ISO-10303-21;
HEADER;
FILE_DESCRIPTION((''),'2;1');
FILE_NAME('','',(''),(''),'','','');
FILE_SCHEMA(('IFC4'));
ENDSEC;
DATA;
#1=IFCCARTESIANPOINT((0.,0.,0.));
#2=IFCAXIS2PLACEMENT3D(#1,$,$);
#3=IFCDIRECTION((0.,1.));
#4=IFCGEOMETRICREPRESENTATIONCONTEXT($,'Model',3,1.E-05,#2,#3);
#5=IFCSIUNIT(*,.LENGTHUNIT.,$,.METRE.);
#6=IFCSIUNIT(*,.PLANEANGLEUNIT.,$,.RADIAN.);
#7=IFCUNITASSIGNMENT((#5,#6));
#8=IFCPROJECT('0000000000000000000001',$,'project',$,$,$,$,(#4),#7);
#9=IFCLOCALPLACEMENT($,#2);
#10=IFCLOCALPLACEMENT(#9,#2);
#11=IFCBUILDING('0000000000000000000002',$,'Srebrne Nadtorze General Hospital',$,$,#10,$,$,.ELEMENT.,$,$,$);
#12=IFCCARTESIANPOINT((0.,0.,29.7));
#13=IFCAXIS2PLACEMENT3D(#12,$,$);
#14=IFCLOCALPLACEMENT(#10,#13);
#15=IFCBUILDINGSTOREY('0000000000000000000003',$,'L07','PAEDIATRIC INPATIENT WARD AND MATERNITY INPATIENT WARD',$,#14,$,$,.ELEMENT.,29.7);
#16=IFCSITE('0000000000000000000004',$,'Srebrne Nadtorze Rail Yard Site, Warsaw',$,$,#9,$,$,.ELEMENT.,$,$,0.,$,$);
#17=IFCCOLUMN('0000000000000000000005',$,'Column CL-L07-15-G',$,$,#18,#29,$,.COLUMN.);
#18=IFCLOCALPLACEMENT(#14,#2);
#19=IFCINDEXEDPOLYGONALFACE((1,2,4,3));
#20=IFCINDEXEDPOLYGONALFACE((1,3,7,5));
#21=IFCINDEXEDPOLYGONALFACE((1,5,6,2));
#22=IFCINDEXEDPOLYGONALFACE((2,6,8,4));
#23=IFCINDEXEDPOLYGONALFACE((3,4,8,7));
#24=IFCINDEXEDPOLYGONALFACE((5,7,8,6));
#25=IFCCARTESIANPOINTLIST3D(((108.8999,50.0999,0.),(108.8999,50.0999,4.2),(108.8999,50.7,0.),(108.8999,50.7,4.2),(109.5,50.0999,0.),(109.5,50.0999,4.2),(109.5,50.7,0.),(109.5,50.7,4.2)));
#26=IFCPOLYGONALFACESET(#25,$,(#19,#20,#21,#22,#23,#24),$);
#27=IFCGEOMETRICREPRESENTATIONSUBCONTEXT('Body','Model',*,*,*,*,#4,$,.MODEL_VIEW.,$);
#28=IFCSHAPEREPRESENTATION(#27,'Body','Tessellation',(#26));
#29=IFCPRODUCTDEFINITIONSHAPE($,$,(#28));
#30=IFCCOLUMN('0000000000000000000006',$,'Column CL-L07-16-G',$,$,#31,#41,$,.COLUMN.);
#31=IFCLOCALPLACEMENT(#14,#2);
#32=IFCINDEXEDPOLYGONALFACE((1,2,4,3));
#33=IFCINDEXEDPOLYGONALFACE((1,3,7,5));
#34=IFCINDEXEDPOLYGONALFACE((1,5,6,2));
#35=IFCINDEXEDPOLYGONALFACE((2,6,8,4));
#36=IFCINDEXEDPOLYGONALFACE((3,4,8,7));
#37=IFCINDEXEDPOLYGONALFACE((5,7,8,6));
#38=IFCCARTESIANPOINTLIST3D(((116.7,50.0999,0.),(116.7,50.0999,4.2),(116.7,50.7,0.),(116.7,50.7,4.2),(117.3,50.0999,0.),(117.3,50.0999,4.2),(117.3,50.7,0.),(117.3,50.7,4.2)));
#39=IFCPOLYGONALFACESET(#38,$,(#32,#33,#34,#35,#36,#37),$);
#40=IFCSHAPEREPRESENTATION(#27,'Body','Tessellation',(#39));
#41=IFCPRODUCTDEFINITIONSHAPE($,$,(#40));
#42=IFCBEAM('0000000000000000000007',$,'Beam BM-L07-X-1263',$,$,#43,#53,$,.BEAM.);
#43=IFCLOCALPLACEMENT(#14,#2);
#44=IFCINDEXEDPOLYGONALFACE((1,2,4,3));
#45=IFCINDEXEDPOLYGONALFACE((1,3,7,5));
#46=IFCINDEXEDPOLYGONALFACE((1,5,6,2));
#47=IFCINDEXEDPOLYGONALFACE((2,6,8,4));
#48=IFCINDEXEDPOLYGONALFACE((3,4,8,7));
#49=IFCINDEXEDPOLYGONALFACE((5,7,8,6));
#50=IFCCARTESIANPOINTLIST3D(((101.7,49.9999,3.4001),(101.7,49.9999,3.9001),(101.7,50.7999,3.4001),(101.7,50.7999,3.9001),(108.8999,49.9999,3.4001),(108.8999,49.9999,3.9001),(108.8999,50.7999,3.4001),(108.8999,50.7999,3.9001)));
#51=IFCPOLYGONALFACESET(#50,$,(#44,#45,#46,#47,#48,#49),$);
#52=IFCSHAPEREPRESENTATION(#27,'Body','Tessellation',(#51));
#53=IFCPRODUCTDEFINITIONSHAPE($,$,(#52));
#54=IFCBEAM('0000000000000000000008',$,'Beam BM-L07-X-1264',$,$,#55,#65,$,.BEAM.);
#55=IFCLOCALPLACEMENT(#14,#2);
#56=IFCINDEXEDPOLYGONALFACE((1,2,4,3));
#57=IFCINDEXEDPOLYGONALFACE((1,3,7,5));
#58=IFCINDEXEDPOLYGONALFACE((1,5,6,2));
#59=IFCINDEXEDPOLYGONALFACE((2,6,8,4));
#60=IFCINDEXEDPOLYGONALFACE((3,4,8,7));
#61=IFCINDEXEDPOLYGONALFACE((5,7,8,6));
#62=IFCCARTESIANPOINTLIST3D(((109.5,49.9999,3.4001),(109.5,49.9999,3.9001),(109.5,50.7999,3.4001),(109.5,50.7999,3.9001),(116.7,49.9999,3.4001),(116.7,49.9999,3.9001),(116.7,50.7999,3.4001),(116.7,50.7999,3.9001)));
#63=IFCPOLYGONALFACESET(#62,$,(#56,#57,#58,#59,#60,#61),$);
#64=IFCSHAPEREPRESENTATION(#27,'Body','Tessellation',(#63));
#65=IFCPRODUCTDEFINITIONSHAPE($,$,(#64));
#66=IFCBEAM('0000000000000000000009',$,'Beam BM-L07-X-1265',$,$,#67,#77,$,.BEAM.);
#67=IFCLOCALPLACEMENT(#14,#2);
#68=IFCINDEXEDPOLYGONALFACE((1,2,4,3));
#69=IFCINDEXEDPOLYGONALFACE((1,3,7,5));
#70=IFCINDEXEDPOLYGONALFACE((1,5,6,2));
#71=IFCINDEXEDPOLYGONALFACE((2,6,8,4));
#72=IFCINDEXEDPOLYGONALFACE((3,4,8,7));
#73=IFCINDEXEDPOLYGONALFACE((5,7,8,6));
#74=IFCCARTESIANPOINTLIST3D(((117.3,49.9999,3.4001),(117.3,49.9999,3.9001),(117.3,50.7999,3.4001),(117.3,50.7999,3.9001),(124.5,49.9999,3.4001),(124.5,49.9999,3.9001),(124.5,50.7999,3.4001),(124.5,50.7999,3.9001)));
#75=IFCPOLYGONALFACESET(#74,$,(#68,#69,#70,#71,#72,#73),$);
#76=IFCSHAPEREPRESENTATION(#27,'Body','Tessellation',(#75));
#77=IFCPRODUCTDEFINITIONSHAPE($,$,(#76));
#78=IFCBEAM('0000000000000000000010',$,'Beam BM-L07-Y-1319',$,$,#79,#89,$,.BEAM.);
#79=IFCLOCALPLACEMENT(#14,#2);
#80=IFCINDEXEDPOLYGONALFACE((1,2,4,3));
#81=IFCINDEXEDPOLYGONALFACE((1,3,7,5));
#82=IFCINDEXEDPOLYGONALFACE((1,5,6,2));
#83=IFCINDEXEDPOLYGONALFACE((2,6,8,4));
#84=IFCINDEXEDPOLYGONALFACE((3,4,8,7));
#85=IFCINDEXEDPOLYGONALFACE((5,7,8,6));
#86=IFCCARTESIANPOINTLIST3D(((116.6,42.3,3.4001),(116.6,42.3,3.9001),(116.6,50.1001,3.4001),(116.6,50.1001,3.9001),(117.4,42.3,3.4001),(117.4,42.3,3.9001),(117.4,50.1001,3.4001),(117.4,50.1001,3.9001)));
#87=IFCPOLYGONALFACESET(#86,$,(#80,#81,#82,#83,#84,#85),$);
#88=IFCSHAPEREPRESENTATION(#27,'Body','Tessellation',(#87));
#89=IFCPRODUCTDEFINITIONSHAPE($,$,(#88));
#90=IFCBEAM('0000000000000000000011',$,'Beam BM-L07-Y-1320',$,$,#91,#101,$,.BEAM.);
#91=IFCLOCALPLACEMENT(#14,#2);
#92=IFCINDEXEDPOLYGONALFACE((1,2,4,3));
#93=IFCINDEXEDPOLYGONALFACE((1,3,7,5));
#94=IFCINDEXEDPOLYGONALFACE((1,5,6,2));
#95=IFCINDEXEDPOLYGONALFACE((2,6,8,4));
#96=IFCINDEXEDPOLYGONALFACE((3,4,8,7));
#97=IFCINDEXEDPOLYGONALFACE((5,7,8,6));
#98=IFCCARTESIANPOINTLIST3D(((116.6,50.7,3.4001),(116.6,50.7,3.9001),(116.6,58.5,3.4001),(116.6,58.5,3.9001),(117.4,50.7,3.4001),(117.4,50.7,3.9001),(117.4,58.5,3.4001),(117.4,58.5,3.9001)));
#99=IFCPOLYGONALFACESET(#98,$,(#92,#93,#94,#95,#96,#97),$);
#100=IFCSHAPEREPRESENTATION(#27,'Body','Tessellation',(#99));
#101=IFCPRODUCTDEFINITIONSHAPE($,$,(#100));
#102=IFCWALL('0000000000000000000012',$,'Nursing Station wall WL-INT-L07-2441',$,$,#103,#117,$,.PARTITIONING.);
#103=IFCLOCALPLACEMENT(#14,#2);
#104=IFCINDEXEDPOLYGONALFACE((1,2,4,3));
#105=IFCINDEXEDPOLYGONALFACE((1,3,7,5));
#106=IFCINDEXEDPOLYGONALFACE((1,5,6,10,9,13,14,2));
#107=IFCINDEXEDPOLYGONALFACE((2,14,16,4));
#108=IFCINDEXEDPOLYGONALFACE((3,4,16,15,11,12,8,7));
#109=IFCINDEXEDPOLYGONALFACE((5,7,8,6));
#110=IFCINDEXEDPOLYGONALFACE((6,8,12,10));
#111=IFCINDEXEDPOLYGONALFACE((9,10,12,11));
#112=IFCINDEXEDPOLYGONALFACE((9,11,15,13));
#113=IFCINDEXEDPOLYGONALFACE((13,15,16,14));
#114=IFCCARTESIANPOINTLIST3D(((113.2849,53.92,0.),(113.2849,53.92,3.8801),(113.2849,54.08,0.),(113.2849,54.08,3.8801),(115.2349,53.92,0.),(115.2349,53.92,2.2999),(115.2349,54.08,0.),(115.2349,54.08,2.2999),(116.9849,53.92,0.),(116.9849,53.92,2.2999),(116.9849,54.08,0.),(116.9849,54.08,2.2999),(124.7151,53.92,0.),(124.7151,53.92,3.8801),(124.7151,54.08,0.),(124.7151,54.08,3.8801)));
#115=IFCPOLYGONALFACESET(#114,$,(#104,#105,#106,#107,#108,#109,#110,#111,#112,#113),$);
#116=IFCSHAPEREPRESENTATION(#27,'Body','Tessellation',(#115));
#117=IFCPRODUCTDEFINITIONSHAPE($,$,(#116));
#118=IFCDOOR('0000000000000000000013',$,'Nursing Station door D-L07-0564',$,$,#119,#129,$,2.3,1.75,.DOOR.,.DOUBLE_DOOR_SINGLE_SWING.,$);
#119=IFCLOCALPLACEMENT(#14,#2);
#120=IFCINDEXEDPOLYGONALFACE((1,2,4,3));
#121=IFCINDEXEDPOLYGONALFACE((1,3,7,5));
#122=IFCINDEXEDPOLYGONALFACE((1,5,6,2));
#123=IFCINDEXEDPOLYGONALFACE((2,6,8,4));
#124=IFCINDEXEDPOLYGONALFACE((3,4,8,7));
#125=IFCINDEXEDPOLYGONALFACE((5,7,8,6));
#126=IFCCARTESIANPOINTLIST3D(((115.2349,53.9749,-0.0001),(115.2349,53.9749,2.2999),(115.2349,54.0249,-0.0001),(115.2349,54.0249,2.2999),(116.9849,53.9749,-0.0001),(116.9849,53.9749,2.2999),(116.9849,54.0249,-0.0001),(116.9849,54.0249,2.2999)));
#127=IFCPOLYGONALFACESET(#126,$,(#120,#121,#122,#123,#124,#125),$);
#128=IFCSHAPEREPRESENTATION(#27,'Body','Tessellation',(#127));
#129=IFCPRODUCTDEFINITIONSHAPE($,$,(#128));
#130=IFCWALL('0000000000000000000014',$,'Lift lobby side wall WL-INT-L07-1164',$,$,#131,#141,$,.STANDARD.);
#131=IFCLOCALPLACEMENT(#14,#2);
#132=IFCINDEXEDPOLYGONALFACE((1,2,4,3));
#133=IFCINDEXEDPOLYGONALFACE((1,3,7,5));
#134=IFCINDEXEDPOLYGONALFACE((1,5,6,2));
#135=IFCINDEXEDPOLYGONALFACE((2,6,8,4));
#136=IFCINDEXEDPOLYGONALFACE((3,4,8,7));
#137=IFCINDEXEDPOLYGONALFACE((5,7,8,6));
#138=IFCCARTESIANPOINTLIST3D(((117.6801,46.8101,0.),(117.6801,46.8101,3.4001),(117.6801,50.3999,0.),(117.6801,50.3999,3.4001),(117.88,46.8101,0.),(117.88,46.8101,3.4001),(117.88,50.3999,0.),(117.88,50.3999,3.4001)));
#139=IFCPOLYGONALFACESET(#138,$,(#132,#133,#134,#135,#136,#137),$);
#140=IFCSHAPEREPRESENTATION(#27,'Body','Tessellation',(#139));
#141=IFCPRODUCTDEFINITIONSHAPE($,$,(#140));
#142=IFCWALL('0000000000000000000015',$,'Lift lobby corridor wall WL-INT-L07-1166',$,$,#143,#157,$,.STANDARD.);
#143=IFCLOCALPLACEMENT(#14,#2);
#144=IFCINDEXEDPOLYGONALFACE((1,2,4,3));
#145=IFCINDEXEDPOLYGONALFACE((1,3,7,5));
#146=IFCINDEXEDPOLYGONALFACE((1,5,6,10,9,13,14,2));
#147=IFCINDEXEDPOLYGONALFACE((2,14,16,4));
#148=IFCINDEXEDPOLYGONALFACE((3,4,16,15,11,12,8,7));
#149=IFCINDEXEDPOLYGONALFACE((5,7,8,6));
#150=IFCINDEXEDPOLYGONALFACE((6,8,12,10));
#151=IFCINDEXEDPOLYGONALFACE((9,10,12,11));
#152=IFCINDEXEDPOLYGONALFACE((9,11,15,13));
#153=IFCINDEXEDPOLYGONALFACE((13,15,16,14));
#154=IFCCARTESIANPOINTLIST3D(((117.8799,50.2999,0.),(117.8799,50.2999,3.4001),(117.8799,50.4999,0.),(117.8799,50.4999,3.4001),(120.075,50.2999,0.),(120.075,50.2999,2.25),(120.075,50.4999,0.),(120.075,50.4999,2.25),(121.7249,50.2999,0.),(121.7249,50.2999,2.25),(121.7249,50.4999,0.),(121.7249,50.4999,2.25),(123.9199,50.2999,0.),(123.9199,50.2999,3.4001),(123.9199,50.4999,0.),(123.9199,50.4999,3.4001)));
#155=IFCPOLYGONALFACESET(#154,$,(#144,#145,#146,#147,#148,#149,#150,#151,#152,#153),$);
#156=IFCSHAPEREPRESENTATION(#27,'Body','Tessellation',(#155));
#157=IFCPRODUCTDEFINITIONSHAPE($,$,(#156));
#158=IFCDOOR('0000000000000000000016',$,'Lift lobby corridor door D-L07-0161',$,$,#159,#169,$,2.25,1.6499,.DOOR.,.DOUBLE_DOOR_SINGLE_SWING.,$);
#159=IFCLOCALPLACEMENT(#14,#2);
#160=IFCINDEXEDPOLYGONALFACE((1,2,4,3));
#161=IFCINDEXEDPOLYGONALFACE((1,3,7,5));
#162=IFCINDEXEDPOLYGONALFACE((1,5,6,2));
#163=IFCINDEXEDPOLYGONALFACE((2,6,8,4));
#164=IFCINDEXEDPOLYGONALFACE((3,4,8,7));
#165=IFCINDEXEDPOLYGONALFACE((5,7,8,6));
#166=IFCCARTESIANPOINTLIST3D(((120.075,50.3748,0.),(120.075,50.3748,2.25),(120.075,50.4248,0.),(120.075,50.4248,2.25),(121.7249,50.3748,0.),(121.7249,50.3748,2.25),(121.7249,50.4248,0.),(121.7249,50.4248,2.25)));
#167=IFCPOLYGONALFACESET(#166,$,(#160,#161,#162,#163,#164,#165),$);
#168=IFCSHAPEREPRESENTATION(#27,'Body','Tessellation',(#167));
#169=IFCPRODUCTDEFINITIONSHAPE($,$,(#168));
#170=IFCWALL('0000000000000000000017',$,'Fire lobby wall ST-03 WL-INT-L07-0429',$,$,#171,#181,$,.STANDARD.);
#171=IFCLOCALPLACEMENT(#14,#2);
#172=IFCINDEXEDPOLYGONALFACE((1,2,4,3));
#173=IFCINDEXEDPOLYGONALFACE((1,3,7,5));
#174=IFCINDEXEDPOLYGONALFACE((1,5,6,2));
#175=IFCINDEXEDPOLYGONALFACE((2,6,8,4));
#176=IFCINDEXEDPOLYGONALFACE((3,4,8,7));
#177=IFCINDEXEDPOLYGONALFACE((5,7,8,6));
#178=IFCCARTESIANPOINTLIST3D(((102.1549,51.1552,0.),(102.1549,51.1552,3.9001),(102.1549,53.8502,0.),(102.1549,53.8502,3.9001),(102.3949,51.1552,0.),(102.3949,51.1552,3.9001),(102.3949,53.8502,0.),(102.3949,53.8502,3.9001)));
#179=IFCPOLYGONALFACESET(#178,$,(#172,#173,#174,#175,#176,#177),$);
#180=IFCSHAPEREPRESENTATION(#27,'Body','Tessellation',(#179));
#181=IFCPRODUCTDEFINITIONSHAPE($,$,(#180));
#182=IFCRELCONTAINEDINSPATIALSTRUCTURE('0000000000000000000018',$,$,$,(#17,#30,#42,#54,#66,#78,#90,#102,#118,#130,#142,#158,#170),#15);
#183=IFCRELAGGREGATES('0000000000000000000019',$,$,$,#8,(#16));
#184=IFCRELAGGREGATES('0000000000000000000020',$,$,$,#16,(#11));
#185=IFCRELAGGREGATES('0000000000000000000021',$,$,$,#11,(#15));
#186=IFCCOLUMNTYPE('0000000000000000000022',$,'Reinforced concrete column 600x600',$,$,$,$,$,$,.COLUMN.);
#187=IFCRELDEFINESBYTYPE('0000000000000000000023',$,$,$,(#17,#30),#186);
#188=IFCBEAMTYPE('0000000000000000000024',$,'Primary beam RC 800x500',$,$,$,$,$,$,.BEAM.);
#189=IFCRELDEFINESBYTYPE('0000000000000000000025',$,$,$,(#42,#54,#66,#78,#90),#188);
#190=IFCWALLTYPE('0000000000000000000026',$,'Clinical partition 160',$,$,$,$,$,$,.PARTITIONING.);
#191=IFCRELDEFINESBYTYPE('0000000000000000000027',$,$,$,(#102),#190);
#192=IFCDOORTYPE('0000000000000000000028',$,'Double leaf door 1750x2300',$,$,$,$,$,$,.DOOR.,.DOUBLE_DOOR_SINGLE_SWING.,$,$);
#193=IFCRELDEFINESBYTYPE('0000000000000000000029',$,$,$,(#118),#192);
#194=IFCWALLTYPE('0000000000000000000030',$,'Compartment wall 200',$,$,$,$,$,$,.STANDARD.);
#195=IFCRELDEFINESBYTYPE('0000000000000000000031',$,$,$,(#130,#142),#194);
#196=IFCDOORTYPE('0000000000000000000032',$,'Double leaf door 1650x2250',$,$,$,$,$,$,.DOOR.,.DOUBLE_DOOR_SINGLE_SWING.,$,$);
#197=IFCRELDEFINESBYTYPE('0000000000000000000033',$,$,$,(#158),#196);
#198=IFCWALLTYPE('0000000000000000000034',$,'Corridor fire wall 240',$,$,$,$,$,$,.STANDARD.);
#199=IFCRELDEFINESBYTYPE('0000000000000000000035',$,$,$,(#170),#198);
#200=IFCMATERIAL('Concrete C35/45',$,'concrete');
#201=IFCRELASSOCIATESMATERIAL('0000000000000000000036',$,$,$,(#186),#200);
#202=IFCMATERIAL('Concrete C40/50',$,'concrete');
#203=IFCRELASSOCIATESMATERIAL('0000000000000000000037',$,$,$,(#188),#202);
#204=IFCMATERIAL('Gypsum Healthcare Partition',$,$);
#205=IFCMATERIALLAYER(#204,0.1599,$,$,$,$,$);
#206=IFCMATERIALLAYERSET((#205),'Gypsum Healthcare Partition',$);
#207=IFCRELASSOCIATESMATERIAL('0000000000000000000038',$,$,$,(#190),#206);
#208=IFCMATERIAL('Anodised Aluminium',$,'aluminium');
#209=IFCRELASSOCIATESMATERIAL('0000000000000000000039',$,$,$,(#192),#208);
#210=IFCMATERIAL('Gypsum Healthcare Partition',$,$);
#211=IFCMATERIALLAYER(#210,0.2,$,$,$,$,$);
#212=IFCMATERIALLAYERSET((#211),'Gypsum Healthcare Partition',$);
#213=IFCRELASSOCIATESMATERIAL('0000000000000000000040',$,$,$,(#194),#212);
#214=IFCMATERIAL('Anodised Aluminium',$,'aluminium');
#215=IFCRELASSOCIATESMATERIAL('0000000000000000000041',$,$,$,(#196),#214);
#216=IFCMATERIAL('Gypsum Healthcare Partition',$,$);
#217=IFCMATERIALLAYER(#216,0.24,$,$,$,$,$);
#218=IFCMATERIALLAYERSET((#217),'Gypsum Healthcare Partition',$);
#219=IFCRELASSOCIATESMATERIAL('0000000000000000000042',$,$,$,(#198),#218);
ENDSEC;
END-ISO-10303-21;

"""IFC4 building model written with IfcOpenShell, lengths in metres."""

from ifc_helpers import new_model, si_unit, direction, frame, frame_2d, origin, origin_2d, place, context, subcontext, project, spatial, rectangle, extrude, material, layer, layer_set, material_profile, profile_set, type_object, element, fill, save


model = new_model("IFC4")

# Units and contexts
model_context = context("Model", 3, precision=1e-05, world=origin(), true_north=direction((0.0, 1.0)))
body_context = subcontext(model_context, "Body", "Model", "MODEL_VIEW")
ifc_project = project(units=[si_unit("LENGTHUNIT", "METRE"), si_unit("PLANEANGLEUNIT", "RADIAN")], contexts=[model_context])

# Site, building, storey
site_placement = place(None, origin())
site = spatial("IfcSite", under=ifc_project, at=site_placement, Name="Srebrne Nadtorze Rail Yard Site, Warsaw", CompositionType="ELEMENT", RefElevation=0.0)
building_placement = place(site_placement, origin())
building = spatial("IfcBuilding", under=site, at=building_placement, Name="Srebrne Nadtorze General Hospital", CompositionType="ELEMENT")
storey_placement = place(building_placement, frame((0.0, 0.0, 29.7)))
storey = spatial("IfcBuildingStorey", under=building, at=storey_placement, Name="L07", Description="PAEDIATRIC INPATIENT WARD AND MATERNITY INPATIENT WARD", CompositionType="ELEMENT", Elevation=29.7)

# Columns
ifc_material_1 = material(Name="Concrete C35/45", Category="concrete")
ifc_material_profile_1 = material_profile(ifc_material_1, rectangle(XDim=0.6001, YDim=0.6001, at=origin_2d()), Name="RC-COL-600x600")
ifc_profile_set_1 = profile_set([ifc_material_profile_1], Name="Concrete C35/45")
column_type = type_object("IfcColumnType", Name="Reinforced concrete column 600x600", PredefinedType="COLUMN", material=ifc_profile_set_1)
for number, where, z_axis, x_axis, name in (
    (1, (109.2, 50.3999, 0.0), (0.0, 0.0, 1.0), (1.0, 0.0, 0.0), "Column CL-L07-15-G"),
    (2, (117.0, 50.3999, 0.0), (0.0, 0.0, 1.0), (1.0, 0.0, 0.0), "Column CL-L07-16-G"),
):
    element("IfcColumn", number, at=place(storey_placement, frame(where, z_axis=z_axis, x_axis=x_axis)), inside=storey, type_object=column_type, Name=name, PredefinedType="COLUMN", context=body_context, shape_type="SweptSolid", body=[
        extrude(rectangle(XDim=0.6001, YDim=0.6001, at=origin_2d()), origin(), (0.0, 0.0, 1.0), 4.2),
    ])

# Beams
ifc_material_2 = material(Name="Concrete C40/50", Category="concrete")
ifc_material_profile_2 = material_profile(ifc_material_2, rectangle(XDim=0.8, YDim=0.5, at=origin_2d()), Name="RC-BM-800x500")
ifc_profile_set_2 = profile_set([ifc_material_profile_2], Name="Concrete C40/50")
beam_type = type_object("IfcBeamType", Name="Primary beam RC 800x500", PredefinedType="BEAM", material=ifc_profile_set_2)
for number, where, z_axis, x_axis, name in (
    (3, (101.7, 50.3999, 3.6501), (1.0, 0.0, 0.0), (0.0, 1.0, 0.0), "Beam BM-L07-X-1263"),
    (4, (109.5, 50.3999, 3.6501), (1.0, 0.0, 0.0), (0.0, 1.0, 0.0), "Beam BM-L07-X-1264"),
    (5, (117.3, 50.3999, 3.6501), (1.0, 0.0, 0.0), (0.0, 1.0, 0.0), "Beam BM-L07-X-1265"),
):
    element("IfcBeam", number, at=place(storey_placement, frame(where, z_axis=z_axis, x_axis=x_axis)), inside=storey, type_object=beam_type, Name=name, PredefinedType="BEAM", context=body_context, shape_type="SweptSolid", body=[
        extrude(rectangle(XDim=0.8, YDim=0.5, at=origin_2d()), origin(), (0.0, 0.0, 1.0), 7.2),
    ])
for number, where, z_axis, x_axis, name in (
    (6, (117.0, 42.3, 3.6501), (0.0, 1.0, 0.0), (-1.0, 0.0, 0.0), "Beam BM-L07-Y-1319"),
    (7, (117.0, 50.7, 3.6501), (0.0, 1.0, 0.0), (-1.0, 0.0, 0.0), "Beam BM-L07-Y-1320"),
):
    element("IfcBeam", number, at=place(storey_placement, frame(where, z_axis=z_axis, x_axis=x_axis)), inside=storey, type_object=beam_type, Name=name, PredefinedType="BEAM", context=body_context, shape_type="SweptSolid", body=[
        extrude(rectangle(XDim=0.8, YDim=0.5, at=origin_2d()), origin(), (0.0, 0.0, 1.0), 7.8),
    ])

# Wall, opening, door
ifc_material_3 = material(Name="Gypsum Healthcare Partition")
ifc_layer_1 = layer(ifc_material_3, 0.1599)
ifc_layer_set_1 = layer_set([ifc_layer_1], Name="Gypsum Healthcare Partition")
wall_type_1 = type_object("IfcWallType", Name="Clinical partition 160", PredefinedType="PARTITIONING", material=ifc_layer_set_1)
wall_1_placement = place(storey_placement, frame((113.2849, 54.0, 0.0), z_axis=(0.0, 0.0, 1.0), x_axis=(1.0, 0.0, 0.0)))
wall_1 = element("IfcWall", 8, at=wall_1_placement, inside=storey, type_object=wall_type_1, Name="Nursing Station wall WL-INT-L07-2441", PredefinedType="PARTITIONING", context=body_context, shape_type="SweptSolid", body=[
    extrude(rectangle(XDim=11.4302, YDim=0.1599, at=frame_2d((5.7151, 0.0))), origin(), (0.0, 0.0, 1.0), 3.8801),
])
opening_1_placement = place(wall_1_placement, frame((1.95, 0.0, 0.0)))
opening_1 = element("IfcOpeningElement", 9, at=opening_1_placement, cuts=wall_1, PredefinedType="OPENING", context=body_context, shape_type="SweptSolid", body=[
    extrude(rectangle(XDim=1.75, YDim=2.3, at=frame_2d((0.875, 1.1499))), frame((0.0, 0.0918, 0.0), z_axis=(0.0, -1.0, 0.0), x_axis=(1.0, 0.0, 0.0)), (0.0, 0.0, 1.0), 0.1838),
])
ifc_material_4 = material(Name="Anodised Aluminium", Category="aluminium")
door_type_1 = type_object("IfcDoorType", Name="Double leaf door 1750x2300", OperationType="DOUBLE_DOOR_SINGLE_SWING", PredefinedType="DOOR", material=ifc_material_4)
door_1_placement = place(opening_1_placement, origin())
door_1 = element("IfcDoor", 10, at=door_1_placement, inside=storey, type_object=door_type_1, Name="Nursing Station door D-L07-0564", OperationType="DOUBLE_DOOR_SINGLE_SWING", OverallHeight=2.3, OverallWidth=1.75, PredefinedType="DOOR", context=body_context, shape_type="SweptSolid", body=[
    extrude(rectangle(XDim=1.75, YDim=2.3, at=frame_2d((0.875, 1.1499))), frame((0.0, 0.0249, 0.0), z_axis=(0.0, -1.0, 0.0), x_axis=(1.0, 0.0, 0.0)), (0.0, 0.0, 1.0), 0.05),
])
fill(opening_1, door_1)

# Wall
ifc_material_5 = material(Name="Gypsum Healthcare Partition")
ifc_layer_2 = layer(ifc_material_5, 0.2)
ifc_layer_set_2 = layer_set([ifc_layer_2], Name="Gypsum Healthcare Partition")
wall_type_2 = type_object("IfcWallType", Name="Compartment wall 200", PredefinedType="STANDARD", material=ifc_layer_set_2)
wall_2_placement = place(storey_placement, frame((117.78, 46.8101, 0.0), z_axis=(0.0, 0.0, 1.0), x_axis=(0.0, 1.0, 0.0)))
element("IfcWall", 11, at=wall_2_placement, inside=storey, type_object=wall_type_2, Name="Lift lobby side wall WL-INT-L07-1164", PredefinedType="STANDARD", context=body_context, shape_type="SweptSolid", body=[
    extrude(rectangle(XDim=3.5898, YDim=0.2, at=frame_2d((1.7949, 0.0))), origin(), (0.0, 0.0, 1.0), 3.4001),
])

# Wall, opening, door
wall_3_placement = place(storey_placement, frame((117.8799, 50.3999, 0.0), z_axis=(0.0, 0.0, 1.0), x_axis=(1.0, 0.0, 0.0)))
wall_3 = element("IfcWall", 12, at=wall_3_placement, inside=storey, type_object=wall_type_2, Name="Lift lobby corridor wall WL-INT-L07-1166", PredefinedType="STANDARD", context=body_context, shape_type="SweptSolid", body=[
    extrude(rectangle(XDim=6.04, YDim=0.2, at=frame_2d((3.02, 0.0))), origin(), (0.0, 0.0, 1.0), 3.4001),
])
opening_2_placement = place(wall_3_placement, frame((2.1951, 0.0, 0.0)))
opening_2 = element("IfcOpeningElement", 13, at=opening_2_placement, cuts=wall_3, PredefinedType="OPENING", context=body_context, shape_type="SweptSolid", body=[
    extrude(rectangle(XDim=1.6499, YDim=2.25, at=frame_2d((0.825, 1.125))), frame((0.0, 0.1118, 0.0), z_axis=(0.0, -1.0, 0.0), x_axis=(1.0, 0.0, 0.0)), (0.0, 0.0, 1.0), 0.2239),
])
ifc_material_6 = material(Name="Anodised Aluminium", Category="aluminium")
door_type_2 = type_object("IfcDoorType", Name="Double leaf door 1650x2250", OperationType="DOUBLE_DOOR_SINGLE_SWING", PredefinedType="DOOR", material=ifc_material_6)
door_2_placement = place(opening_2_placement, origin())
door_2 = element("IfcDoor", 14, at=door_2_placement, inside=storey, type_object=door_type_2, Name="Lift lobby corridor door D-L07-0161", OperationType="DOUBLE_DOOR_SINGLE_SWING", OverallHeight=2.25, OverallWidth=1.6499, PredefinedType="DOOR", context=body_context, shape_type="SweptSolid", body=[
    extrude(rectangle(XDim=1.6499, YDim=2.25, at=frame_2d((0.825, 1.125))), frame((0.0, 0.0249, 0.0), z_axis=(0.0, -1.0, 0.0), x_axis=(1.0, 0.0, 0.0)), (0.0, 0.0, 1.0), 0.05),
])
fill(opening_2, door_2)

# Wall
ifc_material_7 = material(Name="Gypsum Healthcare Partition")
ifc_layer_3 = layer(ifc_material_7, 0.24)
ifc_layer_set_3 = layer_set([ifc_layer_3], Name="Gypsum Healthcare Partition")
wall_type_3 = type_object("IfcWallType", Name="Corridor fire wall 240", PredefinedType="STANDARD", material=ifc_layer_set_3)
wall_4_placement = place(storey_placement, frame((102.2749, 51.155, 0.0), z_axis=(0.0, 0.0, 1.0), x_axis=(0.0, 1.0, 0.0)))
element("IfcWall", 15, at=wall_4_placement, inside=storey, type_object=wall_type_3, Name="Fire lobby wall ST-03 WL-INT-L07-0429", PredefinedType="STANDARD", context=body_context, shape_type="SweptSolid", body=[
    extrude(rectangle(XDim=2.6951, YDim=0.24, at=frame_2d((1.3477, 0.0))), origin(), (0.0, 0.0, 1.0), 3.9001),
])

save(model, "model.ifc")
